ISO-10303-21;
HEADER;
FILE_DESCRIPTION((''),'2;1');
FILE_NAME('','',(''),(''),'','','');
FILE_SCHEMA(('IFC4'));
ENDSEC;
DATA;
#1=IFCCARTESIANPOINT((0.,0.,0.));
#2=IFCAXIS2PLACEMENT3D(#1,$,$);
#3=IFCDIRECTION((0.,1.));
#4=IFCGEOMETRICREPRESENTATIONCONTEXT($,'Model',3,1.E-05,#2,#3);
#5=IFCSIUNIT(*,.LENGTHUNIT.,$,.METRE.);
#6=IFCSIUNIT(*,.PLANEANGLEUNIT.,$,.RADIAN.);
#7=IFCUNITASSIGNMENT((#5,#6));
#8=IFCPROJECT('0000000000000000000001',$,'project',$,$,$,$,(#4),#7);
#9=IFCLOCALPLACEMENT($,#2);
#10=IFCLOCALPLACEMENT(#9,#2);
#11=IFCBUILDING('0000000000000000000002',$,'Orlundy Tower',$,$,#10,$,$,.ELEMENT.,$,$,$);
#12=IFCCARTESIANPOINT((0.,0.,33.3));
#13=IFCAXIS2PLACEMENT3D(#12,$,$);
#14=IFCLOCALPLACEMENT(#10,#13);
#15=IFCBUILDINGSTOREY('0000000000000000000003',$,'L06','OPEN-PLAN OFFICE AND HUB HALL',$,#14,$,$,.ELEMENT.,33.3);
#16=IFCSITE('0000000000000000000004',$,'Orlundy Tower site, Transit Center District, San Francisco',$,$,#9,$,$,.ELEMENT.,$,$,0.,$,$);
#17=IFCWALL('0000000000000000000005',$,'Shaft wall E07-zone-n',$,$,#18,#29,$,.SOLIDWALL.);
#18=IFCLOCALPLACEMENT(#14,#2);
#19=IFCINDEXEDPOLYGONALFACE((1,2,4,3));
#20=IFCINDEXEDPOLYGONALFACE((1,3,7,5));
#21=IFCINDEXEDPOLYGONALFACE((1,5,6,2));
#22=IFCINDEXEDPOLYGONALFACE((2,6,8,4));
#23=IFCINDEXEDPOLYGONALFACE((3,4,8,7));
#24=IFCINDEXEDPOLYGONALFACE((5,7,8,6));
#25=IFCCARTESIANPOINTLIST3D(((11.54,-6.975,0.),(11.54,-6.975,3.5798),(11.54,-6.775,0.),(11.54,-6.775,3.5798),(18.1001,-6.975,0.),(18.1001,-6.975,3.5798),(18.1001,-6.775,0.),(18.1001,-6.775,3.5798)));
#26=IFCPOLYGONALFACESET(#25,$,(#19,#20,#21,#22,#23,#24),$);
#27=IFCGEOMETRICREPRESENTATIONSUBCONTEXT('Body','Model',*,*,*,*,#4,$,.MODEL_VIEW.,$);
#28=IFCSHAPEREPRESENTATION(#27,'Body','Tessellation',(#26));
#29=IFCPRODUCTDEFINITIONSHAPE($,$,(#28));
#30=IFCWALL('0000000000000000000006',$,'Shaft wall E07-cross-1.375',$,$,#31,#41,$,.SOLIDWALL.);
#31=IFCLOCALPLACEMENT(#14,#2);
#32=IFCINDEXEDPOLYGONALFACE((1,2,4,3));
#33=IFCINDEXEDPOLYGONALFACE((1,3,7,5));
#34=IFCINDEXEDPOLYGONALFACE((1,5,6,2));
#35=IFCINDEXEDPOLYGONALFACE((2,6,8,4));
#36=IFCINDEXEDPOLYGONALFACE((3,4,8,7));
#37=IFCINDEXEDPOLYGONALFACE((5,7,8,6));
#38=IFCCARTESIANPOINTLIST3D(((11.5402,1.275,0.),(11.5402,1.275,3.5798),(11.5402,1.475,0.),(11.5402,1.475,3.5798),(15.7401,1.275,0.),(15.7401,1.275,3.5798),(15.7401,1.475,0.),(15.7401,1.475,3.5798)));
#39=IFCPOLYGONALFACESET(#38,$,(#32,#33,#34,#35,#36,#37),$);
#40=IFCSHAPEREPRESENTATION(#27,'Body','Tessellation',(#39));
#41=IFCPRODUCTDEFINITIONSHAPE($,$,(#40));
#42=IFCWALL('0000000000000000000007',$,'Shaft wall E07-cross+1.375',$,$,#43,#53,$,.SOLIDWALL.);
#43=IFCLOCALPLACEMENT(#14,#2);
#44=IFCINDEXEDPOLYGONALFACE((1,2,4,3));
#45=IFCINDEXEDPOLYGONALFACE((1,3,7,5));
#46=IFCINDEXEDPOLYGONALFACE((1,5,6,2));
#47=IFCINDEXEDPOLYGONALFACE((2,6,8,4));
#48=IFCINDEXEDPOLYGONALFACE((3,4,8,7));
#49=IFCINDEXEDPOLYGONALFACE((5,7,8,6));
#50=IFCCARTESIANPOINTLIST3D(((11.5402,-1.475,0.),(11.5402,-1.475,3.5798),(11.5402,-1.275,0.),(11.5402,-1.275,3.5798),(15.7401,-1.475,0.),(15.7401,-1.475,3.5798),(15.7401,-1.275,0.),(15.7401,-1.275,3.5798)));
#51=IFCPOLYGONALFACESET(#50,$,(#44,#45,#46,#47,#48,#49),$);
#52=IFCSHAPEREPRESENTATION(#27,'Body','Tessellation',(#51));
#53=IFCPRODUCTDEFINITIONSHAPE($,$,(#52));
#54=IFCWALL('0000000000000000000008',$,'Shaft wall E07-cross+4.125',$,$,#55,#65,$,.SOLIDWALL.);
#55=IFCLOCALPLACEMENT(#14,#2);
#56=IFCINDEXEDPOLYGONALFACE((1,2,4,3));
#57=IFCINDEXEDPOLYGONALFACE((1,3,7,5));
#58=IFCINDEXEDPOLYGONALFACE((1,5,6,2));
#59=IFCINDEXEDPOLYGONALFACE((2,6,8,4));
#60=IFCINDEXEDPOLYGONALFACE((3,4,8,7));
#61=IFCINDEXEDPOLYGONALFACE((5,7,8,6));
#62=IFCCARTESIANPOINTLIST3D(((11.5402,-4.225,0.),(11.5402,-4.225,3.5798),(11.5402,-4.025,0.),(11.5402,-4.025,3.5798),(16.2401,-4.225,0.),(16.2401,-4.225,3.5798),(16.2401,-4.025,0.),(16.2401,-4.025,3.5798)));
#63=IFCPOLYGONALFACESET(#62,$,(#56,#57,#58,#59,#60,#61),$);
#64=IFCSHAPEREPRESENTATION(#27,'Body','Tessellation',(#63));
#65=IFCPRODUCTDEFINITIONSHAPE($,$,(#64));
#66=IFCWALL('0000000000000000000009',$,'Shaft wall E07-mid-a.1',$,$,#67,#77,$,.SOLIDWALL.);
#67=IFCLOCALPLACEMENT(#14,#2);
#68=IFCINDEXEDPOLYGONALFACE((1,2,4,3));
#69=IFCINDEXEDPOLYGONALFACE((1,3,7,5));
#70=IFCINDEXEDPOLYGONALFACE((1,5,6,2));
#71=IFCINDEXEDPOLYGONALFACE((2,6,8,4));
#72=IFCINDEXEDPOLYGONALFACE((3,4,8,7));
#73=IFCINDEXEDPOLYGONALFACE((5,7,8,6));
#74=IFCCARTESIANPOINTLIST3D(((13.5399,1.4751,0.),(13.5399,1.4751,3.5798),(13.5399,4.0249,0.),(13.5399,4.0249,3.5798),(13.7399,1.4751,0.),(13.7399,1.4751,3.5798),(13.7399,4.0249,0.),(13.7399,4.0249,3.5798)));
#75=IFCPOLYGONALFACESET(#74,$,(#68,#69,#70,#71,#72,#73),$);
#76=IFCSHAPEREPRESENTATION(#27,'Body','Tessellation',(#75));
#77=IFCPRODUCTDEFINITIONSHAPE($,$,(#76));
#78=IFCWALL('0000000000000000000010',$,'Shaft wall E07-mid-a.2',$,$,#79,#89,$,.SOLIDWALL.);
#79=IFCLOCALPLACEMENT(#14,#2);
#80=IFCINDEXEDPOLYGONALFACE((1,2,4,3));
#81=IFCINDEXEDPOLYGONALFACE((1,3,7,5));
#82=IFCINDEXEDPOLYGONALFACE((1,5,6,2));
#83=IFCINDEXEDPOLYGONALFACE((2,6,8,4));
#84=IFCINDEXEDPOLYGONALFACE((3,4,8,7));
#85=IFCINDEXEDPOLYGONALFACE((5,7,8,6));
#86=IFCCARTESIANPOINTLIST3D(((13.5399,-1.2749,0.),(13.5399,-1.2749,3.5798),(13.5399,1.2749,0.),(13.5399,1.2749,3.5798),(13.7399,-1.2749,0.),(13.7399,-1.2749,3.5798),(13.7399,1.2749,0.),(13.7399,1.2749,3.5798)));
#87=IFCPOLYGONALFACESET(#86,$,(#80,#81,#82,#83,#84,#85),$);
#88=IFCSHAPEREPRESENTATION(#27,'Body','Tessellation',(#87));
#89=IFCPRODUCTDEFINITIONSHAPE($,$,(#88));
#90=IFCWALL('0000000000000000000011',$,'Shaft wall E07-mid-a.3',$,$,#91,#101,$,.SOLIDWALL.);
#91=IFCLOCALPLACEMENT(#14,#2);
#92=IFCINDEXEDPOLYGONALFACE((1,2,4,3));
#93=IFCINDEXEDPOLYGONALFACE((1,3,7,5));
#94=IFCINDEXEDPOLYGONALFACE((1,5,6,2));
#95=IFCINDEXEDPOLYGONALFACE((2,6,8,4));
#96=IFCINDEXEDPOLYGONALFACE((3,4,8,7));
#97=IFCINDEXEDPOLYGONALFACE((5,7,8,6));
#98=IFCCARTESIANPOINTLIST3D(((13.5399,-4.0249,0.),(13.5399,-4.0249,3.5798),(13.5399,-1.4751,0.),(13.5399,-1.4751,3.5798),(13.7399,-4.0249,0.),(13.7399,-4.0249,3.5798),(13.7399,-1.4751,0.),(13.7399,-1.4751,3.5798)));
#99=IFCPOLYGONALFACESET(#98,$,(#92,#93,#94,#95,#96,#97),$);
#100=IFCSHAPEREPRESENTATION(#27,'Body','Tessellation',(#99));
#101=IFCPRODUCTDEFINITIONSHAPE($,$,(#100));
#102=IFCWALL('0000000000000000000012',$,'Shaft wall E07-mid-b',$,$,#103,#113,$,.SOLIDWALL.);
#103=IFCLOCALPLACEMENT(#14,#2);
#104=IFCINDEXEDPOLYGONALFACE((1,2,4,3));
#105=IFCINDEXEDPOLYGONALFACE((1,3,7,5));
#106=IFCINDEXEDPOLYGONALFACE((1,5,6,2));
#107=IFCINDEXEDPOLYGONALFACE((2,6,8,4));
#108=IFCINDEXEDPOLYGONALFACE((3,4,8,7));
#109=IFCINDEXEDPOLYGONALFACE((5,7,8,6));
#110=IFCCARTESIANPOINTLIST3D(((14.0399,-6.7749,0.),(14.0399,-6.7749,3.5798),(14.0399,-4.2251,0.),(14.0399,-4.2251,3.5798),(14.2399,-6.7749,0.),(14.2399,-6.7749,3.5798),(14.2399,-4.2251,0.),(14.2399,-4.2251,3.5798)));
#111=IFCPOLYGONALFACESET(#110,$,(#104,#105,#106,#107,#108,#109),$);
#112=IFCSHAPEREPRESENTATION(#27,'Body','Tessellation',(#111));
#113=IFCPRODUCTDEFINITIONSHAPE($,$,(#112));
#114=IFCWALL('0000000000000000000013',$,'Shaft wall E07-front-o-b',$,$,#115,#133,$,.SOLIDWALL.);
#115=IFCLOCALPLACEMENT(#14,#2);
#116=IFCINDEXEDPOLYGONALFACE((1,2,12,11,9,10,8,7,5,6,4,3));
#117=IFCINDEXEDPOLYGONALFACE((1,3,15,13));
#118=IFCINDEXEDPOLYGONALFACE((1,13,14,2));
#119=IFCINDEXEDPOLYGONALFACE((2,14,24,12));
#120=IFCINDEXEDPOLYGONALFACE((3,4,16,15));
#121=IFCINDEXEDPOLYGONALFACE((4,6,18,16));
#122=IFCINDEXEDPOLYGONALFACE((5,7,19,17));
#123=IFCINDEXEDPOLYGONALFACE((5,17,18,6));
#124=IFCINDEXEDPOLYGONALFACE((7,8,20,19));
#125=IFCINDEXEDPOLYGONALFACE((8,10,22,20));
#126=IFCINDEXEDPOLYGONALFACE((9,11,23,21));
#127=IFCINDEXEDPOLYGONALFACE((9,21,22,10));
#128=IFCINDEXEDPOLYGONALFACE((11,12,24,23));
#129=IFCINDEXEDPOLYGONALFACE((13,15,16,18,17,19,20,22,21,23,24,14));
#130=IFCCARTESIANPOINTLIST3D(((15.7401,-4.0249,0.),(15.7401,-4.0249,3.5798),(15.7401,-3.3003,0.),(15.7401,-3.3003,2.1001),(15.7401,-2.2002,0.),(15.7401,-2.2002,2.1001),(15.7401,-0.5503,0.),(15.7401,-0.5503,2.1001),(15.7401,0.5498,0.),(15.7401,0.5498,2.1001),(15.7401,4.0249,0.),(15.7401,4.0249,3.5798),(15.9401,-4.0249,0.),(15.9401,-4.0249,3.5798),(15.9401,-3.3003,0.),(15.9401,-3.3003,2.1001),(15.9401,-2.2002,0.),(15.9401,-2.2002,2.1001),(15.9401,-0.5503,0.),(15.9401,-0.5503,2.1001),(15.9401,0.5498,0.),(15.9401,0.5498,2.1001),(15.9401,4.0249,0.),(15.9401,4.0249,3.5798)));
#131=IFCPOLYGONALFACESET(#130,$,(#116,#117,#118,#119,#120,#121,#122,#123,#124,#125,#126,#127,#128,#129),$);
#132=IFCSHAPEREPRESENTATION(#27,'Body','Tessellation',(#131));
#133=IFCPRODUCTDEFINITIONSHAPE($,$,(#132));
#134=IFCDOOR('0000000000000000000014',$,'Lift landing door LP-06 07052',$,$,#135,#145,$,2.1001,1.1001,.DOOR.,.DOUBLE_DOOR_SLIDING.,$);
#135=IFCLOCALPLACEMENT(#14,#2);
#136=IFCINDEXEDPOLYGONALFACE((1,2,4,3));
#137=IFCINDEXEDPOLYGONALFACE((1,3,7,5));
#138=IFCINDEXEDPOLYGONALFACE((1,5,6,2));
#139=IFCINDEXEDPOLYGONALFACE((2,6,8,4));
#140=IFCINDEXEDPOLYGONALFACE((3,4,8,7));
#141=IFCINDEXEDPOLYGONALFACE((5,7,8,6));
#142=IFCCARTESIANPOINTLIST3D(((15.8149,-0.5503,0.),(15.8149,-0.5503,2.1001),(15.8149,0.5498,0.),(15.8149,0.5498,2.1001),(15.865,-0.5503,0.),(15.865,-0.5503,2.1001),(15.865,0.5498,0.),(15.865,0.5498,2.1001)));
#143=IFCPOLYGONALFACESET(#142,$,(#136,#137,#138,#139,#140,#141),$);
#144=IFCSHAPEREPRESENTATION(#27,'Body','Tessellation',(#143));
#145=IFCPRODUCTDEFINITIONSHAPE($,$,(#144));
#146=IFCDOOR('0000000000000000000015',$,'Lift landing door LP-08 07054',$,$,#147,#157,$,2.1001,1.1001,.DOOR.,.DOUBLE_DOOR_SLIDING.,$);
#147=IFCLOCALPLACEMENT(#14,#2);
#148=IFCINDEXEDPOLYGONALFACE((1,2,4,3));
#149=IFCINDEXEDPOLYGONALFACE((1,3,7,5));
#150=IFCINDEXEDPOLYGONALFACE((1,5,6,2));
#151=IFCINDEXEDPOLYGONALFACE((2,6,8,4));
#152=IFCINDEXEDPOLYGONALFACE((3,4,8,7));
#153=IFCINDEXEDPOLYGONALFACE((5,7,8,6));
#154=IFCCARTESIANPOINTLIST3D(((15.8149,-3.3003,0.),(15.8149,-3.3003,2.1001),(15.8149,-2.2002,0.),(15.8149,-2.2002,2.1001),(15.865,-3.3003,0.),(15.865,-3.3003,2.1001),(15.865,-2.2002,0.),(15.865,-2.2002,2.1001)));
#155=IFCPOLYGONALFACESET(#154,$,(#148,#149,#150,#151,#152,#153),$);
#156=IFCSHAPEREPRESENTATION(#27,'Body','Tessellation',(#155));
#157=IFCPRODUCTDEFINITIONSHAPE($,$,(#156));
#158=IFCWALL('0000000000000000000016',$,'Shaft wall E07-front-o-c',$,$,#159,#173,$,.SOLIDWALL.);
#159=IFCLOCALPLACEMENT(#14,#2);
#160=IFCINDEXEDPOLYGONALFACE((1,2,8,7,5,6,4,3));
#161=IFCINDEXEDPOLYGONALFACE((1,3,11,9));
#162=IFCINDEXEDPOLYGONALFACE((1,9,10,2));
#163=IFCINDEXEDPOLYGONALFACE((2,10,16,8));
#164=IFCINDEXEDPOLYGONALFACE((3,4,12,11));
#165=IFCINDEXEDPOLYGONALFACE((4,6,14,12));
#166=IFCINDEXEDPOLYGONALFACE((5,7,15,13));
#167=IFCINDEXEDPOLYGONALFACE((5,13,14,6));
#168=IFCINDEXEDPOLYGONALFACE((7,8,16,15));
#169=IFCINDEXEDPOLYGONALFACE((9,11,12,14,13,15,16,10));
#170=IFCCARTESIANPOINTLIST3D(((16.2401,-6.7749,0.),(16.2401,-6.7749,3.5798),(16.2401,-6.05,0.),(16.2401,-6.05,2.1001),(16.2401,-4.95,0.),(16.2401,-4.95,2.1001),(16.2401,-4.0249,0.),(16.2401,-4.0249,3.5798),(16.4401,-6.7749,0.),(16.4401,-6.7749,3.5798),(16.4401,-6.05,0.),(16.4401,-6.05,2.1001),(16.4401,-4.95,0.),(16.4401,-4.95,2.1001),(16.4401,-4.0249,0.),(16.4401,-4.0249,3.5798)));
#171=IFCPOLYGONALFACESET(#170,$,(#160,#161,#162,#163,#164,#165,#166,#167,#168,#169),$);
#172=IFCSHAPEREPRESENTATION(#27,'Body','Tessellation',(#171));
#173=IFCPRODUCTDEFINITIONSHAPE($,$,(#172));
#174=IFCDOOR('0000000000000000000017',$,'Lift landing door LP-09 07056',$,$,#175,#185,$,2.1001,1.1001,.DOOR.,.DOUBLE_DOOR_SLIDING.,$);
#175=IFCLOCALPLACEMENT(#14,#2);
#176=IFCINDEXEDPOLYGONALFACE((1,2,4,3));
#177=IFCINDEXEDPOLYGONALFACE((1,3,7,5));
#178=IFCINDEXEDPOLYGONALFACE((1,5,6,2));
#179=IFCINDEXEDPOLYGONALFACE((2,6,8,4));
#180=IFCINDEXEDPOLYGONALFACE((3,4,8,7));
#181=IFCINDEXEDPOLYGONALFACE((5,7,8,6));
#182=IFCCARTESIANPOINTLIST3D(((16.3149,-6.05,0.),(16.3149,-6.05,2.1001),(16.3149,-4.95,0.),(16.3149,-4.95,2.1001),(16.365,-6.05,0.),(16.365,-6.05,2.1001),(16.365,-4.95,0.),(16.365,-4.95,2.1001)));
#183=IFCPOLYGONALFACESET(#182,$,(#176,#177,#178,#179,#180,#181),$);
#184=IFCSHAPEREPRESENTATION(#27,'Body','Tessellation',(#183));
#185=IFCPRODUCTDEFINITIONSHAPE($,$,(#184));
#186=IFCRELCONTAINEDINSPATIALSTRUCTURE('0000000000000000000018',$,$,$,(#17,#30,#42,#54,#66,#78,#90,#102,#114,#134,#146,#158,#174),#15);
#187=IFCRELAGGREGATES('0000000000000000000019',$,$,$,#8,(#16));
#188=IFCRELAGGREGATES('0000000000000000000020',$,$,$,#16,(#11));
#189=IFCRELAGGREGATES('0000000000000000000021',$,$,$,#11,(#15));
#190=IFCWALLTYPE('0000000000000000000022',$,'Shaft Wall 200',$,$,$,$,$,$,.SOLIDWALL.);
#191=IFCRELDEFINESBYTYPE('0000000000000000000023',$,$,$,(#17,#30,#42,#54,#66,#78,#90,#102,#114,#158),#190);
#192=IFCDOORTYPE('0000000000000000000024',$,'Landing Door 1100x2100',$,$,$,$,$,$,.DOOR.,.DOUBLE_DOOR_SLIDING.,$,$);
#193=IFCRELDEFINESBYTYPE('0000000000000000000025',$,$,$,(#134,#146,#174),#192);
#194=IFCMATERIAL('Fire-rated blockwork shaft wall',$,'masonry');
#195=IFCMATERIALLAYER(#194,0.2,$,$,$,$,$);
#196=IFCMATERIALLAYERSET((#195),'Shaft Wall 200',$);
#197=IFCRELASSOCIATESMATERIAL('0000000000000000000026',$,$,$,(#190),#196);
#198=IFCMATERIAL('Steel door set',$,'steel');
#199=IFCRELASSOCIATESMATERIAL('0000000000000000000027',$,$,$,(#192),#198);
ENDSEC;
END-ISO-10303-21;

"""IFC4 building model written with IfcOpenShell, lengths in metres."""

from ifc_helpers import new_model, si_unit, direction, frame, frame_2d, origin, place, context, subcontext, project, spatial, rectangle, extrude, material, layer, layer_set, type_object, element, fill, save


model = new_model("IFC4")

# Units and contexts
model_context = context("Model", 3, precision=1e-05, world=origin(), true_north=direction((0.0, 1.0)))
body_context = subcontext(model_context, "Body", "Model", "MODEL_VIEW")
ifc_project = project(units=[si_unit("LENGTHUNIT", "METRE"), si_unit("PLANEANGLEUNIT", "RADIAN")], contexts=[model_context])

# Site, building, storey
site_placement = place(None, origin())
site = spatial("IfcSite", under=ifc_project, at=site_placement, Name="Orlundy Tower site, Transit Center District, San Francisco", CompositionType="ELEMENT", RefElevation=0.0)
building_placement = place(site_placement, origin())
building = spatial("IfcBuilding", under=site, at=building_placement, Name="Orlundy Tower", CompositionType="ELEMENT")
storey_placement = place(building_placement, frame((0.0, 0.0, 33.3)))
storey = spatial("IfcBuildingStorey", under=building, at=storey_placement, Name="L06", Description="OPEN-PLAN OFFICE AND HUB HALL", CompositionType="ELEMENT", Elevation=33.3)

# Walls
ifc_material_1 = material(Name="Fire-rated blockwork shaft wall", Category="masonry")
ifc_layer_1 = layer(ifc_material_1, 0.2)
ifc_layer_set_1 = layer_set([ifc_layer_1], Name="Shaft Wall 200")
wall_type_1 = type_object("IfcWallType", Name="Shaft Wall 200", PredefinedType="SOLIDWALL", material=ifc_layer_set_1)
wall_1_placement = place(storey_placement, frame((11.54, -6.875, 0.0), z_axis=(0.0, 0.0, 1.0), x_axis=(1.0, 0.0, 0.0)))
element("IfcWall", 1, at=wall_1_placement, inside=storey, type_object=wall_type_1, Name="Shaft wall E07-zone-n", PredefinedType="SOLIDWALL", context=body_context, shape_type="SweptSolid", body=[
    extrude(rectangle(XDim=6.5601, YDim=0.2, at=frame_2d((3.28, 0.0))), origin(), (0.0, 0.0, 1.0), 3.5798),
])
for number, where, z_axis, x_axis, name in (
    (2, (11.54, 1.375, 0.0), (0.0, 0.0, 1.0), (1.0, 0.0, 0.0), "Shaft wall E07-cross-1.375"),
    (3, (11.54, -1.375, 0.0), (0.0, 0.0, 1.0), (1.0, 0.0, 0.0), "Shaft wall E07-cross+1.375"),
):
    element("IfcWall", number, at=place(storey_placement, frame(where, z_axis=z_axis, x_axis=x_axis)), inside=storey, type_object=wall_type_1, Name=name, PredefinedType="SOLIDWALL", context=body_context, shape_type="SweptSolid", body=[
        extrude(rectangle(XDim=4.2, YDim=0.2, at=frame_2d((2.1001, 0.0))), origin(), (0.0, 0.0, 1.0), 3.5798),
    ])
wall_2_placement = place(storey_placement, frame((11.54, -4.125, 0.0), z_axis=(0.0, 0.0, 1.0), x_axis=(1.0, 0.0, 0.0)))
element("IfcWall", 4, at=wall_2_placement, inside=storey, type_object=wall_type_1, Name="Shaft wall E07-cross+4.125", PredefinedType="SOLIDWALL", context=body_context, shape_type="SweptSolid", body=[
    extrude(rectangle(XDim=4.7, YDim=0.2, at=frame_2d((2.3501, 0.0))), origin(), (0.0, 0.0, 1.0), 3.5798),
])
for number, where, z_axis, x_axis, name in (
    (5, (13.6399, 4.0249, 0.0), (0.0, 0.0, 1.0), (0.0, -1.0, 0.0), "Shaft wall E07-mid-a.1"),
    (6, (13.6399, 1.2749, 0.0), (0.0, 0.0, 1.0), (0.0, -1.0, 0.0), "Shaft wall E07-mid-a.2"),
    (7, (13.6399, -1.4751, 0.0), (0.0, 0.0, 1.0), (0.0, -1.0, 0.0), "Shaft wall E07-mid-a.3"),
    (8, (14.1399, -4.2251, 0.0), (0.0, 0.0, 1.0), (0.0, -1.0, 0.0), "Shaft wall E07-mid-b"),
):
    element("IfcWall", number, at=place(storey_placement, frame(where, z_axis=z_axis, x_axis=x_axis)), inside=storey, type_object=wall_type_1, Name=name, PredefinedType="SOLIDWALL", context=body_context, shape_type="SweptSolid", body=[
        extrude(rectangle(XDim=2.5498, YDim=0.2, at=frame_2d((1.2749, 0.0))), origin(), (0.0, 0.0, 1.0), 3.5798),
    ])

# Wall, openings, doors
wall_3_placement = place(storey_placement, frame((15.8401, 4.0249, 0.0), z_axis=(0.0, 0.0, 1.0), x_axis=(0.0, -1.0, 0.0)))
wall_3 = element("IfcWall", 9, at=wall_3_placement, inside=storey, type_object=wall_type_1, Name="Shaft wall E07-front-o-b", PredefinedType="SOLIDWALL", context=body_context, shape_type="SweptSolid", body=[
    extrude(rectangle(XDim=8.0498, YDim=0.2, at=frame_2d((4.0249, 0.0))), origin(), (0.0, 0.0, 1.0), 3.5798),
])
opening_1_placement = place(wall_3_placement, frame((3.4751, 0.0, 0.0)))
opening_1 = element("IfcOpeningElement", 10, at=opening_1_placement, cuts=wall_3, PredefinedType="OPENING", context=body_context, shape_type="SweptSolid", body=[
    extrude(rectangle(XDim=1.1001, YDim=2.1001, at=frame_2d((0.55, 1.05))), frame((0.0, 0.1101, 0.0), z_axis=(0.0, -1.0, 0.0), x_axis=(1.0, 0.0, 0.0)), (0.0, 0.0, 1.0), 0.2202),
])
opening_2_placement = place(wall_3_placement, frame((6.2251, 0.0, 0.0)))
opening_2 = element("IfcOpeningElement", 11, at=opening_2_placement, cuts=wall_3, PredefinedType="OPENING", context=body_context, shape_type="SweptSolid", body=[
    extrude(rectangle(XDim=1.1001, YDim=2.1001, at=frame_2d((0.55, 1.05))), frame((0.0, 0.1101, 0.0), z_axis=(0.0, -1.0, 0.0), x_axis=(1.0, 0.0, 0.0)), (0.0, 0.0, 1.0), 0.2202),
])
ifc_material_2 = material(Name="Steel door set", Category="steel")
door_type = type_object("IfcDoorType", Name="Landing Door 1100x2100", OperationType="DOUBLE_DOOR_SLIDING", PredefinedType="DOOR", material=ifc_material_2)
door_1_placement = place(opening_1_placement, origin())
door_1 = element("IfcDoor", 12, at=door_1_placement, inside=storey, type_object=door_type, Name="Lift landing door LP-06 07052", OperationType="DOUBLE_DOOR_SLIDING", OverallHeight=2.1001, OverallWidth=1.1001, PredefinedType="DOOR", context=body_context, shape_type="SweptSolid", body=[
    extrude(rectangle(XDim=1.1001, YDim=2.1001, at=frame_2d((0.55, 1.05))), frame((0.0, 0.0249, 0.0), z_axis=(0.0, -1.0, 0.0), x_axis=(1.0, 0.0, 0.0)), (0.0, 0.0, 1.0), 0.05),
])
fill(opening_1, door_1)
door_2_placement = place(opening_2_placement, origin())
door_2 = element("IfcDoor", 13, at=door_2_placement, inside=storey, type_object=door_type, Name="Lift landing door LP-08 07054", OperationType="DOUBLE_DOOR_SLIDING", OverallHeight=2.1001, OverallWidth=1.1001, PredefinedType="DOOR", context=body_context, shape_type="SweptSolid", body=[
    extrude(rectangle(XDim=1.1001, YDim=2.1001, at=frame_2d((0.55, 1.05))), frame((0.0, 0.0249, 0.0), z_axis=(0.0, -1.0, 0.0), x_axis=(1.0, 0.0, 0.0)), (0.0, 0.0, 1.0), 0.05),
])
fill(opening_2, door_2)

# Wall, opening, door
wall_4_placement = place(storey_placement, frame((16.3401, -4.0249, 0.0), z_axis=(0.0, 0.0, 1.0), x_axis=(0.0, -1.0, 0.0)))
wall_4 = element("IfcWall", 14, at=wall_4_placement, inside=storey, type_object=wall_type_1, Name="Shaft wall E07-front-o-c", PredefinedType="SOLIDWALL", context=body_context, shape_type="SweptSolid", body=[
    extrude(rectangle(XDim=2.75, YDim=0.2, at=frame_2d((1.375, 0.0))), origin(), (0.0, 0.0, 1.0), 3.5798),
])
opening_3_placement = place(wall_4_placement, frame((0.925, 0.0, 0.0)))
opening_3 = element("IfcOpeningElement", 15, at=opening_3_placement, cuts=wall_4, PredefinedType="OPENING", context=body_context, shape_type="SweptSolid", body=[
    extrude(rectangle(XDim=1.1001, YDim=2.1001, at=frame_2d((0.55, 1.05))), frame((0.0, 0.1101, 0.0), z_axis=(0.0, -1.0, 0.0), x_axis=(1.0, 0.0, 0.0)), (0.0, 0.0, 1.0), 0.2202),
])
door_3_placement = place(opening_3_placement, origin())
door_3 = element("IfcDoor", 16, at=door_3_placement, inside=storey, type_object=door_type, Name="Lift landing door LP-09 07056", OperationType="DOUBLE_DOOR_SLIDING", OverallHeight=2.1001, OverallWidth=1.1001, PredefinedType="DOOR", context=body_context, shape_type="SweptSolid", body=[
    extrude(rectangle(XDim=1.1001, YDim=2.1001, at=frame_2d((0.55, 1.05))), frame((0.0, 0.0249, 0.0), z_axis=(0.0, -1.0, 0.0), x_axis=(1.0, 0.0, 0.0)), (0.0, 0.0, 1.0), 0.05),
])
fill(opening_3, door_3)

save(model, "model.ifc")
